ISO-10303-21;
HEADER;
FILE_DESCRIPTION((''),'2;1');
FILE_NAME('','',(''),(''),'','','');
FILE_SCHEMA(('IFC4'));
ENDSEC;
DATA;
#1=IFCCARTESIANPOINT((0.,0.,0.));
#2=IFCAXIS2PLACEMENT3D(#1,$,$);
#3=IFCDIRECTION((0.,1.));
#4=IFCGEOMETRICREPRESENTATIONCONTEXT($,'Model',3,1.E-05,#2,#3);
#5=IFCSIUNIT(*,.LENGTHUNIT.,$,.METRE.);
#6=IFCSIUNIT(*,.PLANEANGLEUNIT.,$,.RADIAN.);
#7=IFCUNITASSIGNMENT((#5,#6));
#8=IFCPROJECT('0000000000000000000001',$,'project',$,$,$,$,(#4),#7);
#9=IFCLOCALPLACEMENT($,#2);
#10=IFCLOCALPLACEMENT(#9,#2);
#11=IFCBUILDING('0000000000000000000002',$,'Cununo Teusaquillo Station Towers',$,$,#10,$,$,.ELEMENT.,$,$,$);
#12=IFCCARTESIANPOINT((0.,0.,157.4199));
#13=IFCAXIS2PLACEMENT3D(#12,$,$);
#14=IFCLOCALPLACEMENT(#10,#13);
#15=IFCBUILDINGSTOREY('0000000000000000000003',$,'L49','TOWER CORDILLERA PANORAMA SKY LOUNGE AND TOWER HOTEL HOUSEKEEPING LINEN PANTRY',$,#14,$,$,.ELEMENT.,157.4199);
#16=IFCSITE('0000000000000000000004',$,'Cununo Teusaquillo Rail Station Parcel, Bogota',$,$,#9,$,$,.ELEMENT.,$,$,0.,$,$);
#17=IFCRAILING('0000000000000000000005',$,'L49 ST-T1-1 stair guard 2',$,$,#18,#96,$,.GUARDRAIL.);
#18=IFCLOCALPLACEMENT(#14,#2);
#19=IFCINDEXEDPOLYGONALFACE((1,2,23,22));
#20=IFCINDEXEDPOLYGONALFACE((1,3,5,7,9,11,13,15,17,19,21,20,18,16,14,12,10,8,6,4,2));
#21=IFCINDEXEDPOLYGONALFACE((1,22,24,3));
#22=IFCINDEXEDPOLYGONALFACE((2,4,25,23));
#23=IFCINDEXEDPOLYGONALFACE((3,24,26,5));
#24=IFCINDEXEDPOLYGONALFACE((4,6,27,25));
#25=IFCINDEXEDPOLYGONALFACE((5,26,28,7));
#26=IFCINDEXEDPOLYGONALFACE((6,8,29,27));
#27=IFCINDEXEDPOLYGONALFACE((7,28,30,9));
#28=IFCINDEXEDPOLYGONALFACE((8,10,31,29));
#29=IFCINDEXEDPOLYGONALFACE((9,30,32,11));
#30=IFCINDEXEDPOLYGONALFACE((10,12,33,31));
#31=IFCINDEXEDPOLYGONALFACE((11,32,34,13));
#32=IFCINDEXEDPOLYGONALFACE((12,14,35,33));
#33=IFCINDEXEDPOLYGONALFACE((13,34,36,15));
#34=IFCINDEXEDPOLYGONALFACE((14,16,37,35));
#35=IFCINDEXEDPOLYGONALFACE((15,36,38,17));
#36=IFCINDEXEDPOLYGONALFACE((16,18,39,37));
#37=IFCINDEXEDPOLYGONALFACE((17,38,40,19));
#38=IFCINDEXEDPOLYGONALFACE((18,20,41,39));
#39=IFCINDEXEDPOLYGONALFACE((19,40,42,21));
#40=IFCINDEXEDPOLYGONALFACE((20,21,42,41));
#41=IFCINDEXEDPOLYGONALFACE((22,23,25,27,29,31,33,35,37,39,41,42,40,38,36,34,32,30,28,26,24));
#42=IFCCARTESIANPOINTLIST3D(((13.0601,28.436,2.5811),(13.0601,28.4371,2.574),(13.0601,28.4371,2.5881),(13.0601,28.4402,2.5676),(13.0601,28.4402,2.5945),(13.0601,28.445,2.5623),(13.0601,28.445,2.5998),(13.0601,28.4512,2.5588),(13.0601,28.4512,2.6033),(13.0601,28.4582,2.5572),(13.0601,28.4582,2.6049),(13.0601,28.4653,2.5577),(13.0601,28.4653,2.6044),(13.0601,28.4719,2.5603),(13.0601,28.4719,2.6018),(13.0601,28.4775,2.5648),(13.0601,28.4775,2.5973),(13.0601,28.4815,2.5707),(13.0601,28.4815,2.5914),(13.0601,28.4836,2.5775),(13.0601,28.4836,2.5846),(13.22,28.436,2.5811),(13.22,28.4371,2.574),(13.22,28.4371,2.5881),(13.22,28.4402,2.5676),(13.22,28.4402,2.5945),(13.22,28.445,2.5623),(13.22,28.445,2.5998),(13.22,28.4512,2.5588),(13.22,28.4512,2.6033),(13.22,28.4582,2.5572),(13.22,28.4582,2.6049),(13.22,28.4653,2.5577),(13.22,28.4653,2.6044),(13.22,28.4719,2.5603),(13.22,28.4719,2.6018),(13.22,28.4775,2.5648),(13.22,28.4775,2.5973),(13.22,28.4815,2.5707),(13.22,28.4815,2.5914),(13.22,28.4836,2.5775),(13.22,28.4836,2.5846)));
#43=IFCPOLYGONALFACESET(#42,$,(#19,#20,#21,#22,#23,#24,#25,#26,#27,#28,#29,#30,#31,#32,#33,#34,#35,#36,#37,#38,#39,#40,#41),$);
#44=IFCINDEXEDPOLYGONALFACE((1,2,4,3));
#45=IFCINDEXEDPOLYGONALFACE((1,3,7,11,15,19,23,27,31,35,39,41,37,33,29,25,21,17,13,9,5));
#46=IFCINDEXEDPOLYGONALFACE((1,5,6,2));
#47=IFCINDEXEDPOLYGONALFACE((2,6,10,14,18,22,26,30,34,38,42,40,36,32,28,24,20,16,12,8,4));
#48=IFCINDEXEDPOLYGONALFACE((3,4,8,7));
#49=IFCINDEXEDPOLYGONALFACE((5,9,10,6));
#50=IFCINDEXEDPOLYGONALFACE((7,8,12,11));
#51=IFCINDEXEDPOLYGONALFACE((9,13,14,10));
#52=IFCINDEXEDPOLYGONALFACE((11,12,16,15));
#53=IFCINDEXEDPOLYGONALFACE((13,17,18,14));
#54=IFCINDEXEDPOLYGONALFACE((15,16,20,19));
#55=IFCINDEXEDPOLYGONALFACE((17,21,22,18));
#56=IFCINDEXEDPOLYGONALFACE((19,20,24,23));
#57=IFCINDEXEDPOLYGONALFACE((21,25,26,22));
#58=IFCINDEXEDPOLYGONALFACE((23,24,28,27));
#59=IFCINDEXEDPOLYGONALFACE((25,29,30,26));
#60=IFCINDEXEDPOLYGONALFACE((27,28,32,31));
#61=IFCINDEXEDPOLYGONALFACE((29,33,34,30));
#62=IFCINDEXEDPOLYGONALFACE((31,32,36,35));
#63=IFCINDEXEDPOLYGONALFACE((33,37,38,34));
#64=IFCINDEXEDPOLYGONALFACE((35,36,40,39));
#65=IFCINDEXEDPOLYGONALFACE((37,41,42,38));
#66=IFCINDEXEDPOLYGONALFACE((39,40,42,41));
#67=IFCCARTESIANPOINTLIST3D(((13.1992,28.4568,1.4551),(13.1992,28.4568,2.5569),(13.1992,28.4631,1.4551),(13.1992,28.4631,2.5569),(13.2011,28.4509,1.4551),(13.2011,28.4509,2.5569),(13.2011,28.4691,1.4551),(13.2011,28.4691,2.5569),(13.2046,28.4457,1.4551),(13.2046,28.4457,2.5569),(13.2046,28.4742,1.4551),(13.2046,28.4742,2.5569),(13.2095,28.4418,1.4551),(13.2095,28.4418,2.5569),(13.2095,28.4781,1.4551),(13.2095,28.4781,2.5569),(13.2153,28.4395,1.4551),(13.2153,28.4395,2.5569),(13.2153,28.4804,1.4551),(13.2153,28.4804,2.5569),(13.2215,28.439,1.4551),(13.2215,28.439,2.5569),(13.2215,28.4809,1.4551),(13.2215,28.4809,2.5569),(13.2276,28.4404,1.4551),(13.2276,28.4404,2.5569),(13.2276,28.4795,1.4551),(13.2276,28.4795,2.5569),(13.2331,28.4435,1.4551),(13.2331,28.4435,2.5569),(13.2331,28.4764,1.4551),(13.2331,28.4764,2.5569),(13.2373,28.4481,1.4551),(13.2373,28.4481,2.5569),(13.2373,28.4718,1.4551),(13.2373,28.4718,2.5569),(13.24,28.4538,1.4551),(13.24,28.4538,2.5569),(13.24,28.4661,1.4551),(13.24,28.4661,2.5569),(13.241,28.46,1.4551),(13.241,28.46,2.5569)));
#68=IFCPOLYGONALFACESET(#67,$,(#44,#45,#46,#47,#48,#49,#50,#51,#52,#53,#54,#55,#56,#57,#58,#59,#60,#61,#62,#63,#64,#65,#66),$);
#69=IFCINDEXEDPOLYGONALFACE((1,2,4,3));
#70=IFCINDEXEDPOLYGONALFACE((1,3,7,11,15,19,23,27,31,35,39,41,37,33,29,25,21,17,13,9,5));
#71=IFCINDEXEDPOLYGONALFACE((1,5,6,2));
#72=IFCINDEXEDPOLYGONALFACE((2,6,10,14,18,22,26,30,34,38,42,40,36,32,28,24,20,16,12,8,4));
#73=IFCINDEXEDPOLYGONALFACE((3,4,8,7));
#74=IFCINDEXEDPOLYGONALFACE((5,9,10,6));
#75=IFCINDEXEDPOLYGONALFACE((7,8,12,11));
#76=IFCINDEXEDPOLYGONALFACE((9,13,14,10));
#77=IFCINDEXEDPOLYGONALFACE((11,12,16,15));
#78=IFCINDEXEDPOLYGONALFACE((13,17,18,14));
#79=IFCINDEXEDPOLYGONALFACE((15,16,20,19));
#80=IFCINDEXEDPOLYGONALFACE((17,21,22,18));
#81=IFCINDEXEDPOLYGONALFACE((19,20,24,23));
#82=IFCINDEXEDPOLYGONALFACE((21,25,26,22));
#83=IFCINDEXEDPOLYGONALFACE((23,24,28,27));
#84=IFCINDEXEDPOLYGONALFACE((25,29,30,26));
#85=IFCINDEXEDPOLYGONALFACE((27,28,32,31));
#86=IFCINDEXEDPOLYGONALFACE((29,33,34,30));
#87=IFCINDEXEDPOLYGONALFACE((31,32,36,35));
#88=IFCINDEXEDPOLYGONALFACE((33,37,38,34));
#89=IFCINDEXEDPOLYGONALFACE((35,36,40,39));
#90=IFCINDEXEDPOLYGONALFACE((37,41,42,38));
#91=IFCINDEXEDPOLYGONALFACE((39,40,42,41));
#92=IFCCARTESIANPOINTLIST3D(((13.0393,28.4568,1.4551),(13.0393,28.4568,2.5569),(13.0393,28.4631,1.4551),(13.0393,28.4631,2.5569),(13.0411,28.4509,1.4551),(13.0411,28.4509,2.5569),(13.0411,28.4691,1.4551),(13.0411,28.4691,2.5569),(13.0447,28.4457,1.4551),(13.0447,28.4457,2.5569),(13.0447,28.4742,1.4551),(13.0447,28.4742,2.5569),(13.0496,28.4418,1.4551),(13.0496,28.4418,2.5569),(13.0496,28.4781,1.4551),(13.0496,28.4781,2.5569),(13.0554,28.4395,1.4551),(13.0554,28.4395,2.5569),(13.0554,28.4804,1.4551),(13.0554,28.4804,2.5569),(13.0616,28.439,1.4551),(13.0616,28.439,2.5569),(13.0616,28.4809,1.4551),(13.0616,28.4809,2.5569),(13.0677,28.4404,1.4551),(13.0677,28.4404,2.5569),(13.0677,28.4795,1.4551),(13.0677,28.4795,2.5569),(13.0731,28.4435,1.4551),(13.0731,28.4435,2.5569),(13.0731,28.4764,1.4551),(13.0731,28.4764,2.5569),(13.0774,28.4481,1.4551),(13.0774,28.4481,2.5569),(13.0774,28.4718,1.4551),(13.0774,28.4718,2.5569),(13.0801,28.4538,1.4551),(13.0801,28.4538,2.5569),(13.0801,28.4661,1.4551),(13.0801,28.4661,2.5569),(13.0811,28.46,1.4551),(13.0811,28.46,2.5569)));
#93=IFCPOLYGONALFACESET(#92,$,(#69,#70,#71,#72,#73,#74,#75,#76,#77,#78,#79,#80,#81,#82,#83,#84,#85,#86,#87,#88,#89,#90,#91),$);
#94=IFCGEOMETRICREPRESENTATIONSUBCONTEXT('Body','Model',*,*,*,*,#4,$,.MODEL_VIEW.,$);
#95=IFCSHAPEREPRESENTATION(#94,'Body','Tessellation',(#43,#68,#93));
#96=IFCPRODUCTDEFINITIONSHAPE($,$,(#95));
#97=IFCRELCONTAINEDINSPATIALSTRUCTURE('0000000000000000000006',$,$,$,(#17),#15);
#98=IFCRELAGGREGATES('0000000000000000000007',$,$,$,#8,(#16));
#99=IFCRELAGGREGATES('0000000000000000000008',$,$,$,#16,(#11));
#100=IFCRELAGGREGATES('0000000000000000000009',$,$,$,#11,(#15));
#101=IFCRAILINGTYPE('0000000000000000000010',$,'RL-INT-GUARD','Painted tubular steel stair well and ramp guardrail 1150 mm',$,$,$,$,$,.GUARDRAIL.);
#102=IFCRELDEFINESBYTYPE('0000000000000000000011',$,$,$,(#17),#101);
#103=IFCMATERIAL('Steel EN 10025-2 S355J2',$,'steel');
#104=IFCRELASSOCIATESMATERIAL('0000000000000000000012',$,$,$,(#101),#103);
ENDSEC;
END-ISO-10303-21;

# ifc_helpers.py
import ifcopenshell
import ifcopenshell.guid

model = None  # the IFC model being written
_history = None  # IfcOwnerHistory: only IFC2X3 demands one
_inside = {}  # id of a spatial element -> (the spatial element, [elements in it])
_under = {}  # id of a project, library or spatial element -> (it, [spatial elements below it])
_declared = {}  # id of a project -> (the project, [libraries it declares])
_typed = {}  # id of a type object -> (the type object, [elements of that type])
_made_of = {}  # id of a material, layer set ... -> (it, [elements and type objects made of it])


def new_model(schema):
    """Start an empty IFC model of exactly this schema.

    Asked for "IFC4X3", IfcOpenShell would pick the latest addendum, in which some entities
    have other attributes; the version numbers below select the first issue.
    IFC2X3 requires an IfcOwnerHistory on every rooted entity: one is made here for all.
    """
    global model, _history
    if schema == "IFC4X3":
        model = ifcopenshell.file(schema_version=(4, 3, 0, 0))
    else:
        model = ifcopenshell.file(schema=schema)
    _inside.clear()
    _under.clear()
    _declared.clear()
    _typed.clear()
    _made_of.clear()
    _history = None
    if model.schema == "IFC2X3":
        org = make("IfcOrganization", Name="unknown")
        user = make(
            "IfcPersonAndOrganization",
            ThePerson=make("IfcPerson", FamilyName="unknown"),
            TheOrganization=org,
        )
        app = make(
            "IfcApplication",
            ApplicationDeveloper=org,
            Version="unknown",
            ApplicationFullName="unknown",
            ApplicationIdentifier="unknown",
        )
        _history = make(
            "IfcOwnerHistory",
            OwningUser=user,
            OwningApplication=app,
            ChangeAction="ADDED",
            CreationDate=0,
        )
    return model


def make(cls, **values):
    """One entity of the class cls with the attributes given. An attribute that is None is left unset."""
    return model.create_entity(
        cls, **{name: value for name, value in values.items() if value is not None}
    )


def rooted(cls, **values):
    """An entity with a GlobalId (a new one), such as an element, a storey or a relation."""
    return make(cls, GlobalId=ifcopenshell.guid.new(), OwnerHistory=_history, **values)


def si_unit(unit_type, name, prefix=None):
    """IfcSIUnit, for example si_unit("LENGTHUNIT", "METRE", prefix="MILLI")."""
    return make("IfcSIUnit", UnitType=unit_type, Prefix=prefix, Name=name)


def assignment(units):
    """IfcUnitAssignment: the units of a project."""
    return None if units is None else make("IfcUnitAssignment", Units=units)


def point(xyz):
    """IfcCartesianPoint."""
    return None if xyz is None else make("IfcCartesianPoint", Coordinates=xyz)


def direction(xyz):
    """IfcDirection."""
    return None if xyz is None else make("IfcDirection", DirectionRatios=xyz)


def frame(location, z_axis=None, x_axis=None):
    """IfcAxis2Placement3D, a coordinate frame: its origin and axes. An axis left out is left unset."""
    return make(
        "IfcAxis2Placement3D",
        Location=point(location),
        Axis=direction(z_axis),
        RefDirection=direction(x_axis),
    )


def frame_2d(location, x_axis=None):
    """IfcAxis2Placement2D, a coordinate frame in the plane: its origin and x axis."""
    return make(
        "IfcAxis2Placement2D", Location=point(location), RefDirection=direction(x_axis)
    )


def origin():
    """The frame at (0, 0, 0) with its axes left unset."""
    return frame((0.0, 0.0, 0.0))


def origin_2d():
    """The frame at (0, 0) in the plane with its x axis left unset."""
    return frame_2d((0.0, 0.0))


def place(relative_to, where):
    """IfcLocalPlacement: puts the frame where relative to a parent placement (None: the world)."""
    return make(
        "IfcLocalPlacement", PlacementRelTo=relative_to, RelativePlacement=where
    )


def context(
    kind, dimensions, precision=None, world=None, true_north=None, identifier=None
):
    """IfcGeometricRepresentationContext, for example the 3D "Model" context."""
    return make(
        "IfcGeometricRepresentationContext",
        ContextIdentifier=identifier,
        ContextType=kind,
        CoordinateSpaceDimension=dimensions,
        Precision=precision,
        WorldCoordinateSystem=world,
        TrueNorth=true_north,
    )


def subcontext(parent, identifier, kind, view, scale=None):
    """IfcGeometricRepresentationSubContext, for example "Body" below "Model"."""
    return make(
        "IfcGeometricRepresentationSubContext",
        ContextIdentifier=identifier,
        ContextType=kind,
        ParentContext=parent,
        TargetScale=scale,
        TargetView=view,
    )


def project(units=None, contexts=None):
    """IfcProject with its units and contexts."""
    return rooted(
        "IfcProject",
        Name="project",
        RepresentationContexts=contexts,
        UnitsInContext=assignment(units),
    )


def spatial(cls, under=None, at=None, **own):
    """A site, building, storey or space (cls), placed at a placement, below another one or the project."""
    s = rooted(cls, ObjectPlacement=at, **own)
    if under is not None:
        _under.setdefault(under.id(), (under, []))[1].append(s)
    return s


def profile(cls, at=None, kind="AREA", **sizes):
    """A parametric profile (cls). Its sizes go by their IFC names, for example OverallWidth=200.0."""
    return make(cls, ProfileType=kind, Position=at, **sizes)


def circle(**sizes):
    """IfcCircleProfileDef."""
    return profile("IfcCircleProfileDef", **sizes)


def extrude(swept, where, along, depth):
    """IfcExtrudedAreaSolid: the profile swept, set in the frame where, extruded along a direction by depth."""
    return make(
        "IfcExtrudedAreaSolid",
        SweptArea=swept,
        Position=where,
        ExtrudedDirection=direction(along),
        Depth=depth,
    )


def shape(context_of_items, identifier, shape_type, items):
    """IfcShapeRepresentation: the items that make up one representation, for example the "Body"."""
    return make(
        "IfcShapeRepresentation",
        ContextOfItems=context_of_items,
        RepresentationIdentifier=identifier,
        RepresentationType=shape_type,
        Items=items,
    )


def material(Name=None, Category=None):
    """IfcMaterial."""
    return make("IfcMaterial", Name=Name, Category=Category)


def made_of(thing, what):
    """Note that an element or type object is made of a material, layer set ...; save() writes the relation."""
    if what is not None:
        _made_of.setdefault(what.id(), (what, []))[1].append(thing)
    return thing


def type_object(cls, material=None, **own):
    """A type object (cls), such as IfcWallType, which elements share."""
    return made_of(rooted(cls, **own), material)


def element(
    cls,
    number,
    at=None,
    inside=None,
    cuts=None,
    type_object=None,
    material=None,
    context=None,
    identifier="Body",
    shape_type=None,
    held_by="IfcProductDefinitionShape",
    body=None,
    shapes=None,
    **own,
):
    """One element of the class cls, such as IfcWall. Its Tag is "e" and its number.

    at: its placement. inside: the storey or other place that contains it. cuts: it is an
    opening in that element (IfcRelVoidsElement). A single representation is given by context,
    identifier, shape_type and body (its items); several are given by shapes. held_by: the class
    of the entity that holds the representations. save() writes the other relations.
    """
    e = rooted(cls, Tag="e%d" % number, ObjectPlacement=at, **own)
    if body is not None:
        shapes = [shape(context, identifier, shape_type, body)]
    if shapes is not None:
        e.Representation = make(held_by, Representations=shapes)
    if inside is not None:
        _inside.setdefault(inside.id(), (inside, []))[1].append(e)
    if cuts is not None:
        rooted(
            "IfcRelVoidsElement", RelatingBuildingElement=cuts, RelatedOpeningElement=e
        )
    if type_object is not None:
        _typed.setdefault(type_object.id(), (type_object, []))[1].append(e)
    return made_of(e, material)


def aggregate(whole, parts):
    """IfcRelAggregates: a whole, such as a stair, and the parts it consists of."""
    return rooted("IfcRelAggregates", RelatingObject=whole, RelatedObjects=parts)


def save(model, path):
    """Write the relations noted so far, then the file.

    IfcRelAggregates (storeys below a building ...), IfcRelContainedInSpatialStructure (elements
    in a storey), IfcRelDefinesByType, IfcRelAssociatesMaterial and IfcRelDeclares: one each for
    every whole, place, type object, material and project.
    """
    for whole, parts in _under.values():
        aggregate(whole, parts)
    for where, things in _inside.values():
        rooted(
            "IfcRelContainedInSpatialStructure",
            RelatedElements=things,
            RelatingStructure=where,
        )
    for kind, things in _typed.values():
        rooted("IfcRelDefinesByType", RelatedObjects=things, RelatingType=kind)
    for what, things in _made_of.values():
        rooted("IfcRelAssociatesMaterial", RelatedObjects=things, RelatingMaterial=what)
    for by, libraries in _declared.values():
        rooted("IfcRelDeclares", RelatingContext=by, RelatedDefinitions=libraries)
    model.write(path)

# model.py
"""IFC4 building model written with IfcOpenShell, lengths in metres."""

from ifc_helpers import new_model, si_unit, direction, frame, origin, origin_2d, place, context, subcontext, project, spatial, circle, extrude, material, type_object, element, save


model = new_model("IFC4")

# Units and contexts
model_context = context("Model", 3, precision=1e-05, world=origin(), true_north=direction((0.0, 1.0)))
body_context = subcontext(model_context, "Body", "Model", "MODEL_VIEW")
ifc_project = project(units=[si_unit("LENGTHUNIT", "METRE"), si_unit("PLANEANGLEUNIT", "RADIAN")], contexts=[model_context])

# Site, building, storey
site_placement = place(None, origin())
site = spatial("IfcSite", under=ifc_project, at=site_placement, Name="Cununo Teusaquillo Rail Station Parcel, Bogota", CompositionType="ELEMENT", RefElevation=0.0)
building_placement = place(site_placement, origin())
building = spatial("IfcBuilding", under=site, at=building_placement, Name="Cununo Teusaquillo Station Towers", CompositionType="ELEMENT")
storey_placement = place(building_placement, frame((0.0, 0.0, 157.4199)))
storey = spatial("IfcBuildingStorey", under=building, at=storey_placement, Name="L49", Description="TOWER CORDILLERA PANORAMA SKY LOUNGE AND TOWER HOTEL HOUSEKEEPING LINEN PANTRY", CompositionType="ELEMENT", Elevation=157.4199)

# Railing
ifc_material_1 = material(Name="Steel EN 10025-2 S355J2", Category="steel")
railing_type_1 = type_object("IfcRailingType", Name="RL-INT-GUARD", Description="Painted tubular steel stair well and ramp guardrail 1150 mm", PredefinedType="GUARDRAIL", material=ifc_material_1)
railing_1_placement = place(storey_placement, frame((13.22, 28.46, 1.4551)))
element("IfcRailing", 1, at=railing_1_placement, inside=storey, type_object=railing_type_1, Name="L49 ST-T1-1 stair guard 2", PredefinedType="GUARDRAIL", context=body_context, shape_type="SweptSolid", body=[
    extrude(circle(Radius=0.0239, at=origin_2d()), frame((0.0, 0.0, 1.126), z_axis=(-1.0, 0.0, 0.0), x_axis=(0.0, -1.0, 0.0)), (0.0, 0.0, 1.0), 0.1599),
    extrude(circle(Radius=0.021, at=origin_2d()), origin(), (0.0, 0.0, 1.0), 1.1018),
    extrude(circle(Radius=0.021, at=origin_2d()), frame((-0.1599, 0.0, 0.0)), (0.0, 0.0, 1.0), 1.1018),
])

save(model, "model.ifc")
